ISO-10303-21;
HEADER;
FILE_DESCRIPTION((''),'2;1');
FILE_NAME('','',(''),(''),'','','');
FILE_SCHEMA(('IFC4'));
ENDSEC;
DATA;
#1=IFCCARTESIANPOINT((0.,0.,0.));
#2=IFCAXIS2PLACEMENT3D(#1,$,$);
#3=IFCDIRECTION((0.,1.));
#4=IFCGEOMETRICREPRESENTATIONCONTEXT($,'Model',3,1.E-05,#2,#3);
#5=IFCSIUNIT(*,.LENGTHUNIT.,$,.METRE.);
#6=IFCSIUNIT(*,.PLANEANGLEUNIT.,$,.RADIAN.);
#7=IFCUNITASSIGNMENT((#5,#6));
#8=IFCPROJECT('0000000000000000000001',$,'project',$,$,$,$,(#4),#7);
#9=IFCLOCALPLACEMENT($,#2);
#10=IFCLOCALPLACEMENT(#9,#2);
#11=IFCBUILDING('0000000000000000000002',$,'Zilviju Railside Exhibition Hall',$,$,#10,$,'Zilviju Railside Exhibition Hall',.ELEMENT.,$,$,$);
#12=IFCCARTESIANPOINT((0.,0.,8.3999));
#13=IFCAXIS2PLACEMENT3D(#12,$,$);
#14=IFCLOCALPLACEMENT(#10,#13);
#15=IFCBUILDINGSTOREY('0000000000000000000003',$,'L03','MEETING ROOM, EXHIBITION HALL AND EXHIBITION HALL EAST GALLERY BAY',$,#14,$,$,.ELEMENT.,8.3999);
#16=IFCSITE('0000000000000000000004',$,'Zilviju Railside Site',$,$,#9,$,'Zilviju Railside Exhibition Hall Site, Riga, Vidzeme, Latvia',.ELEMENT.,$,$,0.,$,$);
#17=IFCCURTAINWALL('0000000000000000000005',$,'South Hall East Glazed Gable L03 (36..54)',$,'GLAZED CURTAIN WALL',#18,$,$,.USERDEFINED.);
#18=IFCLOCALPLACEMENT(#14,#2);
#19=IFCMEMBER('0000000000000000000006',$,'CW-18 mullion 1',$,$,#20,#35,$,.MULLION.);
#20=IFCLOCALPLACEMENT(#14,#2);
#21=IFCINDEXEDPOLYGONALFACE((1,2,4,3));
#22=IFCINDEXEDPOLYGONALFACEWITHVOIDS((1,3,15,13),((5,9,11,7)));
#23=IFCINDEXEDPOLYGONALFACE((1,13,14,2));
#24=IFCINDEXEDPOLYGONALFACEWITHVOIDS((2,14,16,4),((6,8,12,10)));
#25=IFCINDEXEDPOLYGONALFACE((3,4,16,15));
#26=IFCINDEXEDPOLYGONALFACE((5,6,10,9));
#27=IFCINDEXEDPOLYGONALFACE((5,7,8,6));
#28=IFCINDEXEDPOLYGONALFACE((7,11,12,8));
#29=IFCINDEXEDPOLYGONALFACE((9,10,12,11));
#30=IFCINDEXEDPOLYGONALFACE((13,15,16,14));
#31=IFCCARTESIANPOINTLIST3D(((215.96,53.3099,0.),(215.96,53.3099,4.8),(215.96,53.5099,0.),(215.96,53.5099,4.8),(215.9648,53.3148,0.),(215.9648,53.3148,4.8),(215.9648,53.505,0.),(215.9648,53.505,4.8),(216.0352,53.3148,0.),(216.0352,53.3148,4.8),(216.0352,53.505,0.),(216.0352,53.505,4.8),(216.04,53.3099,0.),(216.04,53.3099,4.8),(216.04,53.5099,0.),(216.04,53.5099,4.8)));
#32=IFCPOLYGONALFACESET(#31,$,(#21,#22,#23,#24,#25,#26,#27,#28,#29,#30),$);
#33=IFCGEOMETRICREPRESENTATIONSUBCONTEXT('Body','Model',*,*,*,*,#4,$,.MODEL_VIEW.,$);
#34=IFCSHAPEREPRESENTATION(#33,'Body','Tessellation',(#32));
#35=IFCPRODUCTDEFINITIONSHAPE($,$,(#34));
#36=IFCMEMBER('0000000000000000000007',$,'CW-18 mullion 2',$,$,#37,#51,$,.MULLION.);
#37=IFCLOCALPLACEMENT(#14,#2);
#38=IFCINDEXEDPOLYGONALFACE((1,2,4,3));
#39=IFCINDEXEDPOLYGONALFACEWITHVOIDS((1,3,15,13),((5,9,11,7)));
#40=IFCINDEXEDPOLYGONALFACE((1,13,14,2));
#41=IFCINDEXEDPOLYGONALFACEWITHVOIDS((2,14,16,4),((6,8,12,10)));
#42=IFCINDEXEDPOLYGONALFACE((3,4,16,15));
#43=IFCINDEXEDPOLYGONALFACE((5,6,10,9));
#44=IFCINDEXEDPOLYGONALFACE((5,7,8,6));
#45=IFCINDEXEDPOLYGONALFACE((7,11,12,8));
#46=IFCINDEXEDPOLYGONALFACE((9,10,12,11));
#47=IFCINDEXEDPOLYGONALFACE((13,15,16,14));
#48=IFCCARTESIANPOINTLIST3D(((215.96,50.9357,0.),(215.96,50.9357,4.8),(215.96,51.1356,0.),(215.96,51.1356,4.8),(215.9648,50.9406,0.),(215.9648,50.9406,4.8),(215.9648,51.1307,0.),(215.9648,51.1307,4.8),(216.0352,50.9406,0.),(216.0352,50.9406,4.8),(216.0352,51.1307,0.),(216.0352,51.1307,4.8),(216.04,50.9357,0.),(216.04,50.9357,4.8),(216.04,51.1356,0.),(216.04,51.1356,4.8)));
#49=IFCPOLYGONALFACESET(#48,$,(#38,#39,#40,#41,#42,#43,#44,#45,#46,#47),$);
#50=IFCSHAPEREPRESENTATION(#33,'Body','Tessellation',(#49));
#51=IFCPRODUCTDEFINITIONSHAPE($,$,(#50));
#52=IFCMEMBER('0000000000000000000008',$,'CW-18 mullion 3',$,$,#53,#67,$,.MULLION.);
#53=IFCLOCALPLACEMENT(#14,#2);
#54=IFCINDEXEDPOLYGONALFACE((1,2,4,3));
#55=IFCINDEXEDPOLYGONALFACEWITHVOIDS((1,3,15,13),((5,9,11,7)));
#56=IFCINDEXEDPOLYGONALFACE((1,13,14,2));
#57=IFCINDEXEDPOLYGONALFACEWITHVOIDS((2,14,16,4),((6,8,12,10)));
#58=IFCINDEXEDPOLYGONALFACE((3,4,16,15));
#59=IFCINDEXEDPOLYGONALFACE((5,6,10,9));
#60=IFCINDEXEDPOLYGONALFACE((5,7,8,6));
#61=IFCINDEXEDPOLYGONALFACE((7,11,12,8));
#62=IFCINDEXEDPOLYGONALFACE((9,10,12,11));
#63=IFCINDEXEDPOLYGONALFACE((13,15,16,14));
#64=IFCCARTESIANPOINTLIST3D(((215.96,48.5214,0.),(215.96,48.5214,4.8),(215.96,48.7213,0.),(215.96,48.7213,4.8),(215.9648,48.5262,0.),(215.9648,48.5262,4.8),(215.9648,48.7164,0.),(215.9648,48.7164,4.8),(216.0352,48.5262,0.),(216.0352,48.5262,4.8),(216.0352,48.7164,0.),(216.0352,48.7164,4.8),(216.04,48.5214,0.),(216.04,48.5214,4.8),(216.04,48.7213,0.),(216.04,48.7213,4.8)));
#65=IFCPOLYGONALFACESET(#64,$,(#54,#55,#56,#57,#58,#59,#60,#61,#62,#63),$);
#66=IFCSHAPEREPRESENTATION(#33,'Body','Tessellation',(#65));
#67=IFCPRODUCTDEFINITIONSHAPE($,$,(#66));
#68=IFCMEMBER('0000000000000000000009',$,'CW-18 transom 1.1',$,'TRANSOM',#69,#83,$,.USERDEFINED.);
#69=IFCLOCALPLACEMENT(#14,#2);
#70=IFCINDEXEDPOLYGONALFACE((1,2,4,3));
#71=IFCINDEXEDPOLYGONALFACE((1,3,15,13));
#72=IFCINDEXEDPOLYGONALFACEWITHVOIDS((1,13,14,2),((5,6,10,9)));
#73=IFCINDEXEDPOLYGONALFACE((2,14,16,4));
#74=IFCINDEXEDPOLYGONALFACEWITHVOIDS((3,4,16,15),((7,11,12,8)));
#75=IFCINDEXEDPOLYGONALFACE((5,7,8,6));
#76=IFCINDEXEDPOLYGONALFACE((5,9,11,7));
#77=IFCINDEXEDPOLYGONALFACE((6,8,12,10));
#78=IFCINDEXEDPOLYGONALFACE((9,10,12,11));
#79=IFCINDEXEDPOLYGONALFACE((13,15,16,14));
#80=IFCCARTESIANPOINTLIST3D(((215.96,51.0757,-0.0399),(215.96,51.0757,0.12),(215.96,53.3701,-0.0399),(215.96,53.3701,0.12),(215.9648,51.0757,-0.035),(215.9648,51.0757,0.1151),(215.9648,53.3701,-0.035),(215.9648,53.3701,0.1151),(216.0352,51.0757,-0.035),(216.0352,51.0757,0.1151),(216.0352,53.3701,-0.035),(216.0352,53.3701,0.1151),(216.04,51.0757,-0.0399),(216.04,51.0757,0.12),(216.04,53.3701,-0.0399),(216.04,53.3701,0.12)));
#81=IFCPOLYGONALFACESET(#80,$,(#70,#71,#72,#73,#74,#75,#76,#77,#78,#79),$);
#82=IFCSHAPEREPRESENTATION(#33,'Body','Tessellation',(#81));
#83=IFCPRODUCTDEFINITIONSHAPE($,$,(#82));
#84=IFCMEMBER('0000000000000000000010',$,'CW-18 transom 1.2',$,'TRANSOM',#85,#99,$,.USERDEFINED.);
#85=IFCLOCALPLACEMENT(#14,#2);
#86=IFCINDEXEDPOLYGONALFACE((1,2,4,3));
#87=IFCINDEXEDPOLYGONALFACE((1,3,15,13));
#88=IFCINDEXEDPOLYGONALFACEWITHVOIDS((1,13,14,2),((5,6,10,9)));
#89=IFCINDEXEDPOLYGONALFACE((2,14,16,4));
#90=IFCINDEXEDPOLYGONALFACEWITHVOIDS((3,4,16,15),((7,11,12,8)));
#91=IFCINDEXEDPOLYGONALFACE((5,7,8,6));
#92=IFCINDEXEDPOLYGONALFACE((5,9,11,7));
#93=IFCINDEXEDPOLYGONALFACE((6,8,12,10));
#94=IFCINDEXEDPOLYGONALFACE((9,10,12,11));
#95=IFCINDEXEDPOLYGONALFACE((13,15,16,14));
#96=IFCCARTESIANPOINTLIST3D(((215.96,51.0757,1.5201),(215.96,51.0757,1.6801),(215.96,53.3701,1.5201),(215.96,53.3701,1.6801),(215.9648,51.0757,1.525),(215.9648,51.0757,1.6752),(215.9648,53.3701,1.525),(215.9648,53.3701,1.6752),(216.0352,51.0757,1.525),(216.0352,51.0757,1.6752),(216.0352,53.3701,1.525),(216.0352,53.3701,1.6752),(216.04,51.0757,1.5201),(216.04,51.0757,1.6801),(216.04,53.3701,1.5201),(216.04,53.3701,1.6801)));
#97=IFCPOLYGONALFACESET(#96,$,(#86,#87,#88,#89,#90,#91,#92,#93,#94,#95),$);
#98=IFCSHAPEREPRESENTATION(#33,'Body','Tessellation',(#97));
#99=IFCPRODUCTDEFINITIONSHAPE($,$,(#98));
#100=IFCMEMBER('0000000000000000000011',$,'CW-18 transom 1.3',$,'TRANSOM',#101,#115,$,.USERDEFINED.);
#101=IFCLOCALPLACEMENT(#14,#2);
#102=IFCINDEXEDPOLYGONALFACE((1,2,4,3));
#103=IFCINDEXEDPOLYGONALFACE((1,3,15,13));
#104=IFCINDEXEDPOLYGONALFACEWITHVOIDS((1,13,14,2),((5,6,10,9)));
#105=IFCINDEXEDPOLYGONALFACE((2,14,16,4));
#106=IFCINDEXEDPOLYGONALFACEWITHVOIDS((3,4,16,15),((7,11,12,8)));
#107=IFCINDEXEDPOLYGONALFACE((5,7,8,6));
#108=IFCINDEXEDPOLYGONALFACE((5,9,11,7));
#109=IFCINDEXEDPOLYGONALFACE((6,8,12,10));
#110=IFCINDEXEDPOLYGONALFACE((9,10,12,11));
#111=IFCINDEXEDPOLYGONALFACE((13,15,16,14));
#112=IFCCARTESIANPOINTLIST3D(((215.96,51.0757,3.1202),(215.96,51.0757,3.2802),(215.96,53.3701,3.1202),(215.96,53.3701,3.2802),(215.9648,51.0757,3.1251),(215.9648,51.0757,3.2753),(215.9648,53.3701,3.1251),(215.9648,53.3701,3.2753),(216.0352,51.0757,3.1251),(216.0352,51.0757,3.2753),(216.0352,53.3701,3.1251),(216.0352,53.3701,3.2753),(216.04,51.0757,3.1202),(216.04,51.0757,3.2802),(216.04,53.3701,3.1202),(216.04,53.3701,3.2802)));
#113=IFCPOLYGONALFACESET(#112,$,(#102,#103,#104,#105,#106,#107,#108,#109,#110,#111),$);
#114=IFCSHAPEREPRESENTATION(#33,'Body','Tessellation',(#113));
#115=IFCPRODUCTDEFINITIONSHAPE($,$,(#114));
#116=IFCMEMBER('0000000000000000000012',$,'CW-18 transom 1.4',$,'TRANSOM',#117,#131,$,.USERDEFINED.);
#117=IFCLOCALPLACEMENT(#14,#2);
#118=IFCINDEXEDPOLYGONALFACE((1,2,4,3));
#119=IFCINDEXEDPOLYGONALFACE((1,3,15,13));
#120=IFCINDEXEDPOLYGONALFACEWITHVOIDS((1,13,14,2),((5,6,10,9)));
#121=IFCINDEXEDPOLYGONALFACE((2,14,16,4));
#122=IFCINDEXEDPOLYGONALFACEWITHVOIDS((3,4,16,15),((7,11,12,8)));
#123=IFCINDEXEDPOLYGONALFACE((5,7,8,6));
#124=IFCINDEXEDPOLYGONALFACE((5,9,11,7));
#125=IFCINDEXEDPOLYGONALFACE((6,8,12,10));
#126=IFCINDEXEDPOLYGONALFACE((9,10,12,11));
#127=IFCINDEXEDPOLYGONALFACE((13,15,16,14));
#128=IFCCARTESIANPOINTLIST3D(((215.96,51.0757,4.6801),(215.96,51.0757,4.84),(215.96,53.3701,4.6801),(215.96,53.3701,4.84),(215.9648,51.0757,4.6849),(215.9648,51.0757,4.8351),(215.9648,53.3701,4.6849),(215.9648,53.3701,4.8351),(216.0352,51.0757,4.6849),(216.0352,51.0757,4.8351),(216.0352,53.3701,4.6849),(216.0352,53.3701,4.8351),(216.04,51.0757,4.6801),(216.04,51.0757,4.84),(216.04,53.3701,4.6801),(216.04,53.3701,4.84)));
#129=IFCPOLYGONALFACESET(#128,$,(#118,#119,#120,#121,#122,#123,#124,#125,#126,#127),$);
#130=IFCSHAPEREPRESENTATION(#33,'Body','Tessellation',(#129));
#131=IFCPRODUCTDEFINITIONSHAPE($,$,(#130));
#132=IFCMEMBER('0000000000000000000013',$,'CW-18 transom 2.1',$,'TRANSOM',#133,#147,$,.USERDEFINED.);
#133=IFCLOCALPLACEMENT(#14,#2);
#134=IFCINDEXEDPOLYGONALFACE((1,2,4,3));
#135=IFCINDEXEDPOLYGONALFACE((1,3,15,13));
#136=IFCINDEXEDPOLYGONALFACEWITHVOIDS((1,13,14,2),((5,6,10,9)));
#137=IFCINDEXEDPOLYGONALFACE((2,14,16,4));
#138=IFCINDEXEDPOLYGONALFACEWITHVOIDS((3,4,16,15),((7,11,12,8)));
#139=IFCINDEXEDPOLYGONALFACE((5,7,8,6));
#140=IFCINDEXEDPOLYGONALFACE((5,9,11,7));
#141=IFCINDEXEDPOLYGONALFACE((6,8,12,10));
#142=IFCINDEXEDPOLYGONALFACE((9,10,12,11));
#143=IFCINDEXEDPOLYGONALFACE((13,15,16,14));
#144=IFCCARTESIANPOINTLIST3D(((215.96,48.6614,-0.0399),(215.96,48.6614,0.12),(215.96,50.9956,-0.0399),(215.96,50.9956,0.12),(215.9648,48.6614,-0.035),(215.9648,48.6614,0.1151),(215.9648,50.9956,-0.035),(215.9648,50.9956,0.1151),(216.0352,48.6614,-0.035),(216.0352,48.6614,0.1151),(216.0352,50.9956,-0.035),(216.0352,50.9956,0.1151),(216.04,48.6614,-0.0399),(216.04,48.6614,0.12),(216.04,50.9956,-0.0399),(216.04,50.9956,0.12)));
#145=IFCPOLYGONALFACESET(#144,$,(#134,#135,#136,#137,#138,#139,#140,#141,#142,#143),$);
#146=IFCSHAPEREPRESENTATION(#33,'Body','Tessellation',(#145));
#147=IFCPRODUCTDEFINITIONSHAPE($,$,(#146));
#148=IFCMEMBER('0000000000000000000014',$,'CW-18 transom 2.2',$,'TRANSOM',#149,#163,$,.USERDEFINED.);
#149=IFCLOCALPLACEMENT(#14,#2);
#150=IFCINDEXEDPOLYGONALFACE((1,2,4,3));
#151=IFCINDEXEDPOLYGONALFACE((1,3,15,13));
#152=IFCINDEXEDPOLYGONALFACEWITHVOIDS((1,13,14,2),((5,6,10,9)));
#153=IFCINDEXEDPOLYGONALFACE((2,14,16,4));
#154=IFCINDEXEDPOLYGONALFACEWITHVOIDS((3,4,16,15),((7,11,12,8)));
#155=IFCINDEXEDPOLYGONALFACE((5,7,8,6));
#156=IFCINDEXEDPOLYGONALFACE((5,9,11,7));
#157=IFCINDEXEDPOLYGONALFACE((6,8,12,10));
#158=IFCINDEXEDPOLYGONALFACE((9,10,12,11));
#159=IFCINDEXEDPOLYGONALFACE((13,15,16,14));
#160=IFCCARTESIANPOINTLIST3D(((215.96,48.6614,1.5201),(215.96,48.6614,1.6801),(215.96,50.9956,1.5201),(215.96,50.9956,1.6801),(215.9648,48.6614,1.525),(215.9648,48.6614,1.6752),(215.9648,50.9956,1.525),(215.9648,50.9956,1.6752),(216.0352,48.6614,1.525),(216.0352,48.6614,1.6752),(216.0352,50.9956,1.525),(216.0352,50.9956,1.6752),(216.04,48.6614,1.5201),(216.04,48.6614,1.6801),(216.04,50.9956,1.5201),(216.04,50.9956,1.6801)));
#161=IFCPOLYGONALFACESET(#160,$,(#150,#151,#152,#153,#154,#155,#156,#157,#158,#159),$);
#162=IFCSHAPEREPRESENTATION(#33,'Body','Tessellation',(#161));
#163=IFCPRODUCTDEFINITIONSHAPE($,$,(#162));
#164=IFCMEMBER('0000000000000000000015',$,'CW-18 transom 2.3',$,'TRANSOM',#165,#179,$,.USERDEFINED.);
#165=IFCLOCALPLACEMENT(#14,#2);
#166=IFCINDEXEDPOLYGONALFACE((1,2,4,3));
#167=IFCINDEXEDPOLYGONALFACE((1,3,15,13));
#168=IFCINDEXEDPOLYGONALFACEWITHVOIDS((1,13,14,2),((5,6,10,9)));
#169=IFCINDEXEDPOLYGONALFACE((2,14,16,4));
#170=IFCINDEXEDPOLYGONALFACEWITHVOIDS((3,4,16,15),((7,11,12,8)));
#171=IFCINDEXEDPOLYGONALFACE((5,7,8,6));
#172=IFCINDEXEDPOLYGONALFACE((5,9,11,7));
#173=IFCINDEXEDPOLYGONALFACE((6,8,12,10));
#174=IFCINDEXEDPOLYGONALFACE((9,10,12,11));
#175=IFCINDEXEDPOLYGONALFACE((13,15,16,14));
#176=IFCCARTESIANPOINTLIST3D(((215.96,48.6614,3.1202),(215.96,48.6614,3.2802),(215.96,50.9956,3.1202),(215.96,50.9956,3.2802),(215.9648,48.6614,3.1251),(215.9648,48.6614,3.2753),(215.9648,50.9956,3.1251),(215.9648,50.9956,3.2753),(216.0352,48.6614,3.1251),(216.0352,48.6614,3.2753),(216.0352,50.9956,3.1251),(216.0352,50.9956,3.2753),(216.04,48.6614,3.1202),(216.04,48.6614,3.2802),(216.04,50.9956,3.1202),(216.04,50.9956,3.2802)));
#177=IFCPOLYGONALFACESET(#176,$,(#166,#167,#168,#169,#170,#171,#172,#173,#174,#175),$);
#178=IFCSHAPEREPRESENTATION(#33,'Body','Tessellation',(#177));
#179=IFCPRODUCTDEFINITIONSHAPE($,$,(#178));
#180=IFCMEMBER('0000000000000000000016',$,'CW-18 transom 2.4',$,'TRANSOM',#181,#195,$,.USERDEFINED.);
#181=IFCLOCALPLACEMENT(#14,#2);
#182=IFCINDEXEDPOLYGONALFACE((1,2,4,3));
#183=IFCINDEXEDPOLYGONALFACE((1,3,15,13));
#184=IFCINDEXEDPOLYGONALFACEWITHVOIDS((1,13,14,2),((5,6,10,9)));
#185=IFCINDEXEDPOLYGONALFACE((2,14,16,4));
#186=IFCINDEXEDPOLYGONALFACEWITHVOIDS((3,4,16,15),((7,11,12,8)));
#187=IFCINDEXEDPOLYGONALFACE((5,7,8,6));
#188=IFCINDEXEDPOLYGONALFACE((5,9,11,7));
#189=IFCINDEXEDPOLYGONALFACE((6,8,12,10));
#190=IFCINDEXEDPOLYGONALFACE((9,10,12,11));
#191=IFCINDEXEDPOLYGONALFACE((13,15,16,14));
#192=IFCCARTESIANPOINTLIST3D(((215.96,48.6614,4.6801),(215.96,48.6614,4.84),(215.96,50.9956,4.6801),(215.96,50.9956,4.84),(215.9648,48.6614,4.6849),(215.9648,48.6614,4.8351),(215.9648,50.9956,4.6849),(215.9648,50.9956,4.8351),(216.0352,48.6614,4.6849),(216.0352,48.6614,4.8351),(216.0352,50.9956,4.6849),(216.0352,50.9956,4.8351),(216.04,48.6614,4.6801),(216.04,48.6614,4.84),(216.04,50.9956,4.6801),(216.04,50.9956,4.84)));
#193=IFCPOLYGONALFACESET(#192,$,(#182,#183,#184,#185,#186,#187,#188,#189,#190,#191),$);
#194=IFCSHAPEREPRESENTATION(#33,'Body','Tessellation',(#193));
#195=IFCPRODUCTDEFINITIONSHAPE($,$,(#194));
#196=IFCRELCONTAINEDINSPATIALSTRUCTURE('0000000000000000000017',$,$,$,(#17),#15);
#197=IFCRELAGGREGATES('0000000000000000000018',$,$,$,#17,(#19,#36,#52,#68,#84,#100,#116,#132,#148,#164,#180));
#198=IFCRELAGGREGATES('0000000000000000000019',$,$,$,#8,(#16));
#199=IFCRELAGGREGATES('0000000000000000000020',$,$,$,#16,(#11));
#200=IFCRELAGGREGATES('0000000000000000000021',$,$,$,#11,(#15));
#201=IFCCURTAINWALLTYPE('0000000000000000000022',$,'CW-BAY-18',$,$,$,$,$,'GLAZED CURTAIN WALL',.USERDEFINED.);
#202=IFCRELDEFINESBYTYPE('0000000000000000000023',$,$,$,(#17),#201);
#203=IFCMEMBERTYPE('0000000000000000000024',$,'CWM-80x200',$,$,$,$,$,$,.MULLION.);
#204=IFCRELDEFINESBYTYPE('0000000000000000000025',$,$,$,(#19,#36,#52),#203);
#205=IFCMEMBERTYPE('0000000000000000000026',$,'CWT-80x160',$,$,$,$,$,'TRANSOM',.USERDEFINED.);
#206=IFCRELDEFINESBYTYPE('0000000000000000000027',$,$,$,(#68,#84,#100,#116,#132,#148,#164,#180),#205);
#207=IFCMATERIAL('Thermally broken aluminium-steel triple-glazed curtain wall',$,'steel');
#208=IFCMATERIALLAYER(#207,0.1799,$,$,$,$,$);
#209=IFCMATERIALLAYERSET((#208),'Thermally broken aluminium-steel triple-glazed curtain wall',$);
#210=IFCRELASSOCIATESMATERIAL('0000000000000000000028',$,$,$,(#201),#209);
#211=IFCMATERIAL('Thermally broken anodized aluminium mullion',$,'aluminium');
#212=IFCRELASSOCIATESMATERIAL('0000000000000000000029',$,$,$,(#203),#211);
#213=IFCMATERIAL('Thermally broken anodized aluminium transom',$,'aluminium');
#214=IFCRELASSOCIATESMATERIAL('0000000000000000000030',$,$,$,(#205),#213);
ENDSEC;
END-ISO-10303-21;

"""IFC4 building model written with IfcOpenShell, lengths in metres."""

from ifc_helpers import new_model, si_unit, direction, frame, origin, origin_2d, place, context, subcontext, project, spatial, hollow_rectangle, extrude, material, layer, layer_set, material_profile, profile_set, type_object, element, aggregate, save


model = new_model("IFC4")

# Units and contexts
model_context = context("Model", 3, precision=1e-05, world=origin(), true_north=direction((0.0, 1.0)))
body_context = subcontext(model_context, "Body", "Model", "MODEL_VIEW")
ifc_project = project(units=[si_unit("LENGTHUNIT", "METRE"), si_unit("PLANEANGLEUNIT", "RADIAN")], contexts=[model_context])

# Site, building, storey
site_placement = place(None, origin())
site = spatial("IfcSite", under=ifc_project, at=site_placement, Name="Zilviju Railside Site", LongName="Zilviju Railside Exhibition Hall Site, Riga, Vidzeme, Latvia", CompositionType="ELEMENT", RefElevation=0.0)
building_placement = place(site_placement, origin())
building = spatial("IfcBuilding", under=site, at=building_placement, Name="Zilviju Railside Exhibition Hall", LongName="Zilviju Railside Exhibition Hall", CompositionType="ELEMENT")
storey_placement = place(building_placement, frame((0.0, 0.0, 8.3999)))
storey = spatial("IfcBuildingStorey", under=building, at=storey_placement, Name="L03", Description="MEETING ROOM, EXHIBITION HALL AND EXHIBITION HALL EAST GALLERY BAY", CompositionType="ELEMENT", Elevation=8.3999)

# Curtain wall, members
ifc_material_1 = material(Name="Thermally broken aluminium-steel triple-glazed curtain wall", Category="steel")
ifc_layer_1 = layer(ifc_material_1, 0.1799)
ifc_layer_set_1 = layer_set([ifc_layer_1], Name="Thermally broken aluminium-steel triple-glazed curtain wall")
curtain_wall_type = type_object("IfcCurtainWallType", Name="CW-BAY-18", ElementType="GLAZED CURTAIN WALL", PredefinedType="USERDEFINED", material=ifc_layer_set_1)
curtain_wall_placement = place(storey_placement, origin())
curtain_wall = element("IfcCurtainWall", 1, at=curtain_wall_placement, inside=storey, type_object=curtain_wall_type, Name="South Hall East Glazed Gable L03 (36..54)", ObjectType="GLAZED CURTAIN WALL", PredefinedType="USERDEFINED")
ifc_material_2 = material(Name="Thermally broken anodized aluminium mullion", Category="aluminium")
ifc_material_profile_1 = material_profile(ifc_material_2, hollow_rectangle(XDim=0.0801, YDim=0.2, WallThickness=0.0049, at=origin_2d()), Name="MULLION 200x80x5")
ifc_profile_set_1 = profile_set([ifc_material_profile_1], Name="Thermally broken anodized aluminium mullion")
member_type_1 = type_object("IfcMemberType", Name="CWM-80x200", PredefinedType="MULLION", material=ifc_profile_set_1)
member_1_placement = place(storey_placement, frame((216.0, 53.4099, 0.0), z_axis=(0.0, 0.0, 1.0), x_axis=(1.0, 0.0, 0.0)))
member_1 = element("IfcMember", 2, at=member_1_placement, type_object=member_type_1, Name="CW-18 mullion 1", PredefinedType="MULLION", context=body_context, shape_type="SweptSolid", body=[
    extrude(hollow_rectangle(XDim=0.0801, YDim=0.2, WallThickness=0.0049, at=origin_2d()), origin(), (0.0, 0.0, 1.0), 4.8),
])
member_2_placement = place(storey_placement, frame((216.0, 51.0356, 0.0), z_axis=(0.0, 0.0, 1.0), x_axis=(1.0, 0.0, 0.0)))
member_2 = element("IfcMember", 3, at=member_2_placement, type_object=member_type_1, Name="CW-18 mullion 2", PredefinedType="MULLION", context=body_context, shape_type="SweptSolid", body=[
    extrude(hollow_rectangle(XDim=0.0801, YDim=0.2, WallThickness=0.0049, at=origin_2d()), origin(), (0.0, 0.0, 1.0), 4.8),
])
member_3_placement = place(storey_placement, frame((216.0, 48.6213, 0.0), z_axis=(0.0, 0.0, 1.0), x_axis=(1.0, 0.0, 0.0)))
member_3 = element("IfcMember", 4, at=member_3_placement, type_object=member_type_1, Name="CW-18 mullion 3", PredefinedType="MULLION", context=body_context, shape_type="SweptSolid", body=[
    extrude(hollow_rectangle(XDim=0.0801, YDim=0.2, WallThickness=0.0049, at=origin_2d()), origin(), (0.0, 0.0, 1.0), 4.8),
])
ifc_material_3 = material(Name="Thermally broken anodized aluminium transom", Category="aluminium")
ifc_material_profile_2 = material_profile(ifc_material_3, hollow_rectangle(XDim=0.0801, YDim=0.1599, WallThickness=0.0049, at=origin_2d()), Name="TRANSOM 160x80x5")
ifc_profile_set_2 = profile_set([ifc_material_profile_2], Name="Thermally broken anodized aluminium transom")
member_type_2 = type_object("IfcMemberType", Name="CWT-80x160", ElementType="TRANSOM", PredefinedType="USERDEFINED", material=ifc_profile_set_2)
member_4_placement = place(storey_placement, frame((216.0, 53.3701, 0.04), z_axis=(0.0, -1.0, 0.0), x_axis=(1.0, 0.0, 0.0)))
member_4 = element("IfcMember", 5, at=member_4_placement, type_object=member_type_2, Name="CW-18 transom 1.1", ObjectType="TRANSOM", PredefinedType="USERDEFINED", context=body_context, shape_type="SweptSolid", body=[
    extrude(hollow_rectangle(XDim=0.0801, YDim=0.1599, WallThickness=0.0049, at=origin_2d()), origin(), (0.0, 0.0, 1.0), 2.2944),
])
member_5_placement = place(storey_placement, frame((216.0, 53.3701, 1.6001), z_axis=(0.0, -1.0, 0.0), x_axis=(1.0, 0.0, 0.0)))
member_5 = element("IfcMember", 6, at=member_5_placement, type_object=member_type_2, Name="CW-18 transom 1.2", ObjectType="TRANSOM", PredefinedType="USERDEFINED", context=body_context, shape_type="SweptSolid", body=[
    extrude(hollow_rectangle(XDim=0.0801, YDim=0.1599, WallThickness=0.0049, at=origin_2d()), origin(), (0.0, 0.0, 1.0), 2.2944),
])
member_6_placement = place(storey_placement, frame((216.0, 53.3701, 3.2002), z_axis=(0.0, -1.0, 0.0), x_axis=(1.0, 0.0, 0.0)))
member_6 = element("IfcMember", 7, at=member_6_placement, type_object=member_type_2, Name="CW-18 transom 1.3", ObjectType="TRANSOM", PredefinedType="USERDEFINED", context=body_context, shape_type="SweptSolid", body=[
    extrude(hollow_rectangle(XDim=0.0801, YDim=0.1599, WallThickness=0.0049, at=origin_2d()), origin(), (0.0, 0.0, 1.0), 2.2944),
])
member_7_placement = place(storey_placement, frame((216.0, 53.3701, 4.76), z_axis=(0.0, -1.0, 0.0), x_axis=(1.0, 0.0, 0.0)))
member_7 = element("IfcMember", 8, at=member_7_placement, type_object=member_type_2, Name="CW-18 transom 1.4", ObjectType="TRANSOM", PredefinedType="USERDEFINED", context=body_context, shape_type="SweptSolid", body=[
    extrude(hollow_rectangle(XDim=0.0801, YDim=0.1599, WallThickness=0.0049, at=origin_2d()), origin(), (0.0, 0.0, 1.0), 2.2944),
])
member_8_placement = place(storey_placement, frame((216.0, 50.9956, 0.04), z_axis=(0.0, -1.0, 0.0), x_axis=(1.0, 0.0, 0.0)))
member_8 = element("IfcMember", 9, at=member_8_placement, type_object=member_type_2, Name="CW-18 transom 2.1", ObjectType="TRANSOM", PredefinedType="USERDEFINED", context=body_context, shape_type="SweptSolid", body=[
    extrude(hollow_rectangle(XDim=0.0801, YDim=0.1599, WallThickness=0.0049, at=origin_2d()), origin(), (0.0, 0.0, 1.0), 2.3342),
])
member_9_placement = place(storey_placement, frame((216.0, 50.9956, 1.6001), z_axis=(0.0, -1.0, 0.0), x_axis=(1.0, 0.0, 0.0)))
member_9 = element("IfcMember", 10, at=member_9_placement, type_object=member_type_2, Name="CW-18 transom 2.2", ObjectType="TRANSOM", PredefinedType="USERDEFINED", context=body_context, shape_type="SweptSolid", body=[
    extrude(hollow_rectangle(XDim=0.0801, YDim=0.1599, WallThickness=0.0049, at=origin_2d()), origin(), (0.0, 0.0, 1.0), 2.3342),
])
member_10_placement = place(storey_placement, frame((216.0, 50.9956, 3.2002), z_axis=(0.0, -1.0, 0.0), x_axis=(1.0, 0.0, 0.0)))
member_10 = element("IfcMember", 11, at=member_10_placement, type_object=member_type_2, Name="CW-18 transom 2.3", ObjectType="TRANSOM", PredefinedType="USERDEFINED", context=body_context, shape_type="SweptSolid", body=[
    extrude(hollow_rectangle(XDim=0.0801, YDim=0.1599, WallThickness=0.0049, at=origin_2d()), origin(), (0.0, 0.0, 1.0), 2.3342),
])
member_11_placement = place(storey_placement, frame((216.0, 50.9956, 4.76), z_axis=(0.0, -1.0, 0.0), x_axis=(1.0, 0.0, 0.0)))
member_11 = element("IfcMember", 12, at=member_11_placement, type_object=member_type_2, Name="CW-18 transom 2.4", ObjectType="TRANSOM", PredefinedType="USERDEFINED", context=body_context, shape_type="SweptSolid", body=[
    extrude(hollow_rectangle(XDim=0.0801, YDim=0.1599, WallThickness=0.0049, at=origin_2d()), origin(), (0.0, 0.0, 1.0), 2.3342),
])
aggregate(curtain_wall, [member_1, member_2, member_3, member_4, member_5, member_6, member_7, member_8, member_9, member_10, member_11])

save(model, "model.ifc")
